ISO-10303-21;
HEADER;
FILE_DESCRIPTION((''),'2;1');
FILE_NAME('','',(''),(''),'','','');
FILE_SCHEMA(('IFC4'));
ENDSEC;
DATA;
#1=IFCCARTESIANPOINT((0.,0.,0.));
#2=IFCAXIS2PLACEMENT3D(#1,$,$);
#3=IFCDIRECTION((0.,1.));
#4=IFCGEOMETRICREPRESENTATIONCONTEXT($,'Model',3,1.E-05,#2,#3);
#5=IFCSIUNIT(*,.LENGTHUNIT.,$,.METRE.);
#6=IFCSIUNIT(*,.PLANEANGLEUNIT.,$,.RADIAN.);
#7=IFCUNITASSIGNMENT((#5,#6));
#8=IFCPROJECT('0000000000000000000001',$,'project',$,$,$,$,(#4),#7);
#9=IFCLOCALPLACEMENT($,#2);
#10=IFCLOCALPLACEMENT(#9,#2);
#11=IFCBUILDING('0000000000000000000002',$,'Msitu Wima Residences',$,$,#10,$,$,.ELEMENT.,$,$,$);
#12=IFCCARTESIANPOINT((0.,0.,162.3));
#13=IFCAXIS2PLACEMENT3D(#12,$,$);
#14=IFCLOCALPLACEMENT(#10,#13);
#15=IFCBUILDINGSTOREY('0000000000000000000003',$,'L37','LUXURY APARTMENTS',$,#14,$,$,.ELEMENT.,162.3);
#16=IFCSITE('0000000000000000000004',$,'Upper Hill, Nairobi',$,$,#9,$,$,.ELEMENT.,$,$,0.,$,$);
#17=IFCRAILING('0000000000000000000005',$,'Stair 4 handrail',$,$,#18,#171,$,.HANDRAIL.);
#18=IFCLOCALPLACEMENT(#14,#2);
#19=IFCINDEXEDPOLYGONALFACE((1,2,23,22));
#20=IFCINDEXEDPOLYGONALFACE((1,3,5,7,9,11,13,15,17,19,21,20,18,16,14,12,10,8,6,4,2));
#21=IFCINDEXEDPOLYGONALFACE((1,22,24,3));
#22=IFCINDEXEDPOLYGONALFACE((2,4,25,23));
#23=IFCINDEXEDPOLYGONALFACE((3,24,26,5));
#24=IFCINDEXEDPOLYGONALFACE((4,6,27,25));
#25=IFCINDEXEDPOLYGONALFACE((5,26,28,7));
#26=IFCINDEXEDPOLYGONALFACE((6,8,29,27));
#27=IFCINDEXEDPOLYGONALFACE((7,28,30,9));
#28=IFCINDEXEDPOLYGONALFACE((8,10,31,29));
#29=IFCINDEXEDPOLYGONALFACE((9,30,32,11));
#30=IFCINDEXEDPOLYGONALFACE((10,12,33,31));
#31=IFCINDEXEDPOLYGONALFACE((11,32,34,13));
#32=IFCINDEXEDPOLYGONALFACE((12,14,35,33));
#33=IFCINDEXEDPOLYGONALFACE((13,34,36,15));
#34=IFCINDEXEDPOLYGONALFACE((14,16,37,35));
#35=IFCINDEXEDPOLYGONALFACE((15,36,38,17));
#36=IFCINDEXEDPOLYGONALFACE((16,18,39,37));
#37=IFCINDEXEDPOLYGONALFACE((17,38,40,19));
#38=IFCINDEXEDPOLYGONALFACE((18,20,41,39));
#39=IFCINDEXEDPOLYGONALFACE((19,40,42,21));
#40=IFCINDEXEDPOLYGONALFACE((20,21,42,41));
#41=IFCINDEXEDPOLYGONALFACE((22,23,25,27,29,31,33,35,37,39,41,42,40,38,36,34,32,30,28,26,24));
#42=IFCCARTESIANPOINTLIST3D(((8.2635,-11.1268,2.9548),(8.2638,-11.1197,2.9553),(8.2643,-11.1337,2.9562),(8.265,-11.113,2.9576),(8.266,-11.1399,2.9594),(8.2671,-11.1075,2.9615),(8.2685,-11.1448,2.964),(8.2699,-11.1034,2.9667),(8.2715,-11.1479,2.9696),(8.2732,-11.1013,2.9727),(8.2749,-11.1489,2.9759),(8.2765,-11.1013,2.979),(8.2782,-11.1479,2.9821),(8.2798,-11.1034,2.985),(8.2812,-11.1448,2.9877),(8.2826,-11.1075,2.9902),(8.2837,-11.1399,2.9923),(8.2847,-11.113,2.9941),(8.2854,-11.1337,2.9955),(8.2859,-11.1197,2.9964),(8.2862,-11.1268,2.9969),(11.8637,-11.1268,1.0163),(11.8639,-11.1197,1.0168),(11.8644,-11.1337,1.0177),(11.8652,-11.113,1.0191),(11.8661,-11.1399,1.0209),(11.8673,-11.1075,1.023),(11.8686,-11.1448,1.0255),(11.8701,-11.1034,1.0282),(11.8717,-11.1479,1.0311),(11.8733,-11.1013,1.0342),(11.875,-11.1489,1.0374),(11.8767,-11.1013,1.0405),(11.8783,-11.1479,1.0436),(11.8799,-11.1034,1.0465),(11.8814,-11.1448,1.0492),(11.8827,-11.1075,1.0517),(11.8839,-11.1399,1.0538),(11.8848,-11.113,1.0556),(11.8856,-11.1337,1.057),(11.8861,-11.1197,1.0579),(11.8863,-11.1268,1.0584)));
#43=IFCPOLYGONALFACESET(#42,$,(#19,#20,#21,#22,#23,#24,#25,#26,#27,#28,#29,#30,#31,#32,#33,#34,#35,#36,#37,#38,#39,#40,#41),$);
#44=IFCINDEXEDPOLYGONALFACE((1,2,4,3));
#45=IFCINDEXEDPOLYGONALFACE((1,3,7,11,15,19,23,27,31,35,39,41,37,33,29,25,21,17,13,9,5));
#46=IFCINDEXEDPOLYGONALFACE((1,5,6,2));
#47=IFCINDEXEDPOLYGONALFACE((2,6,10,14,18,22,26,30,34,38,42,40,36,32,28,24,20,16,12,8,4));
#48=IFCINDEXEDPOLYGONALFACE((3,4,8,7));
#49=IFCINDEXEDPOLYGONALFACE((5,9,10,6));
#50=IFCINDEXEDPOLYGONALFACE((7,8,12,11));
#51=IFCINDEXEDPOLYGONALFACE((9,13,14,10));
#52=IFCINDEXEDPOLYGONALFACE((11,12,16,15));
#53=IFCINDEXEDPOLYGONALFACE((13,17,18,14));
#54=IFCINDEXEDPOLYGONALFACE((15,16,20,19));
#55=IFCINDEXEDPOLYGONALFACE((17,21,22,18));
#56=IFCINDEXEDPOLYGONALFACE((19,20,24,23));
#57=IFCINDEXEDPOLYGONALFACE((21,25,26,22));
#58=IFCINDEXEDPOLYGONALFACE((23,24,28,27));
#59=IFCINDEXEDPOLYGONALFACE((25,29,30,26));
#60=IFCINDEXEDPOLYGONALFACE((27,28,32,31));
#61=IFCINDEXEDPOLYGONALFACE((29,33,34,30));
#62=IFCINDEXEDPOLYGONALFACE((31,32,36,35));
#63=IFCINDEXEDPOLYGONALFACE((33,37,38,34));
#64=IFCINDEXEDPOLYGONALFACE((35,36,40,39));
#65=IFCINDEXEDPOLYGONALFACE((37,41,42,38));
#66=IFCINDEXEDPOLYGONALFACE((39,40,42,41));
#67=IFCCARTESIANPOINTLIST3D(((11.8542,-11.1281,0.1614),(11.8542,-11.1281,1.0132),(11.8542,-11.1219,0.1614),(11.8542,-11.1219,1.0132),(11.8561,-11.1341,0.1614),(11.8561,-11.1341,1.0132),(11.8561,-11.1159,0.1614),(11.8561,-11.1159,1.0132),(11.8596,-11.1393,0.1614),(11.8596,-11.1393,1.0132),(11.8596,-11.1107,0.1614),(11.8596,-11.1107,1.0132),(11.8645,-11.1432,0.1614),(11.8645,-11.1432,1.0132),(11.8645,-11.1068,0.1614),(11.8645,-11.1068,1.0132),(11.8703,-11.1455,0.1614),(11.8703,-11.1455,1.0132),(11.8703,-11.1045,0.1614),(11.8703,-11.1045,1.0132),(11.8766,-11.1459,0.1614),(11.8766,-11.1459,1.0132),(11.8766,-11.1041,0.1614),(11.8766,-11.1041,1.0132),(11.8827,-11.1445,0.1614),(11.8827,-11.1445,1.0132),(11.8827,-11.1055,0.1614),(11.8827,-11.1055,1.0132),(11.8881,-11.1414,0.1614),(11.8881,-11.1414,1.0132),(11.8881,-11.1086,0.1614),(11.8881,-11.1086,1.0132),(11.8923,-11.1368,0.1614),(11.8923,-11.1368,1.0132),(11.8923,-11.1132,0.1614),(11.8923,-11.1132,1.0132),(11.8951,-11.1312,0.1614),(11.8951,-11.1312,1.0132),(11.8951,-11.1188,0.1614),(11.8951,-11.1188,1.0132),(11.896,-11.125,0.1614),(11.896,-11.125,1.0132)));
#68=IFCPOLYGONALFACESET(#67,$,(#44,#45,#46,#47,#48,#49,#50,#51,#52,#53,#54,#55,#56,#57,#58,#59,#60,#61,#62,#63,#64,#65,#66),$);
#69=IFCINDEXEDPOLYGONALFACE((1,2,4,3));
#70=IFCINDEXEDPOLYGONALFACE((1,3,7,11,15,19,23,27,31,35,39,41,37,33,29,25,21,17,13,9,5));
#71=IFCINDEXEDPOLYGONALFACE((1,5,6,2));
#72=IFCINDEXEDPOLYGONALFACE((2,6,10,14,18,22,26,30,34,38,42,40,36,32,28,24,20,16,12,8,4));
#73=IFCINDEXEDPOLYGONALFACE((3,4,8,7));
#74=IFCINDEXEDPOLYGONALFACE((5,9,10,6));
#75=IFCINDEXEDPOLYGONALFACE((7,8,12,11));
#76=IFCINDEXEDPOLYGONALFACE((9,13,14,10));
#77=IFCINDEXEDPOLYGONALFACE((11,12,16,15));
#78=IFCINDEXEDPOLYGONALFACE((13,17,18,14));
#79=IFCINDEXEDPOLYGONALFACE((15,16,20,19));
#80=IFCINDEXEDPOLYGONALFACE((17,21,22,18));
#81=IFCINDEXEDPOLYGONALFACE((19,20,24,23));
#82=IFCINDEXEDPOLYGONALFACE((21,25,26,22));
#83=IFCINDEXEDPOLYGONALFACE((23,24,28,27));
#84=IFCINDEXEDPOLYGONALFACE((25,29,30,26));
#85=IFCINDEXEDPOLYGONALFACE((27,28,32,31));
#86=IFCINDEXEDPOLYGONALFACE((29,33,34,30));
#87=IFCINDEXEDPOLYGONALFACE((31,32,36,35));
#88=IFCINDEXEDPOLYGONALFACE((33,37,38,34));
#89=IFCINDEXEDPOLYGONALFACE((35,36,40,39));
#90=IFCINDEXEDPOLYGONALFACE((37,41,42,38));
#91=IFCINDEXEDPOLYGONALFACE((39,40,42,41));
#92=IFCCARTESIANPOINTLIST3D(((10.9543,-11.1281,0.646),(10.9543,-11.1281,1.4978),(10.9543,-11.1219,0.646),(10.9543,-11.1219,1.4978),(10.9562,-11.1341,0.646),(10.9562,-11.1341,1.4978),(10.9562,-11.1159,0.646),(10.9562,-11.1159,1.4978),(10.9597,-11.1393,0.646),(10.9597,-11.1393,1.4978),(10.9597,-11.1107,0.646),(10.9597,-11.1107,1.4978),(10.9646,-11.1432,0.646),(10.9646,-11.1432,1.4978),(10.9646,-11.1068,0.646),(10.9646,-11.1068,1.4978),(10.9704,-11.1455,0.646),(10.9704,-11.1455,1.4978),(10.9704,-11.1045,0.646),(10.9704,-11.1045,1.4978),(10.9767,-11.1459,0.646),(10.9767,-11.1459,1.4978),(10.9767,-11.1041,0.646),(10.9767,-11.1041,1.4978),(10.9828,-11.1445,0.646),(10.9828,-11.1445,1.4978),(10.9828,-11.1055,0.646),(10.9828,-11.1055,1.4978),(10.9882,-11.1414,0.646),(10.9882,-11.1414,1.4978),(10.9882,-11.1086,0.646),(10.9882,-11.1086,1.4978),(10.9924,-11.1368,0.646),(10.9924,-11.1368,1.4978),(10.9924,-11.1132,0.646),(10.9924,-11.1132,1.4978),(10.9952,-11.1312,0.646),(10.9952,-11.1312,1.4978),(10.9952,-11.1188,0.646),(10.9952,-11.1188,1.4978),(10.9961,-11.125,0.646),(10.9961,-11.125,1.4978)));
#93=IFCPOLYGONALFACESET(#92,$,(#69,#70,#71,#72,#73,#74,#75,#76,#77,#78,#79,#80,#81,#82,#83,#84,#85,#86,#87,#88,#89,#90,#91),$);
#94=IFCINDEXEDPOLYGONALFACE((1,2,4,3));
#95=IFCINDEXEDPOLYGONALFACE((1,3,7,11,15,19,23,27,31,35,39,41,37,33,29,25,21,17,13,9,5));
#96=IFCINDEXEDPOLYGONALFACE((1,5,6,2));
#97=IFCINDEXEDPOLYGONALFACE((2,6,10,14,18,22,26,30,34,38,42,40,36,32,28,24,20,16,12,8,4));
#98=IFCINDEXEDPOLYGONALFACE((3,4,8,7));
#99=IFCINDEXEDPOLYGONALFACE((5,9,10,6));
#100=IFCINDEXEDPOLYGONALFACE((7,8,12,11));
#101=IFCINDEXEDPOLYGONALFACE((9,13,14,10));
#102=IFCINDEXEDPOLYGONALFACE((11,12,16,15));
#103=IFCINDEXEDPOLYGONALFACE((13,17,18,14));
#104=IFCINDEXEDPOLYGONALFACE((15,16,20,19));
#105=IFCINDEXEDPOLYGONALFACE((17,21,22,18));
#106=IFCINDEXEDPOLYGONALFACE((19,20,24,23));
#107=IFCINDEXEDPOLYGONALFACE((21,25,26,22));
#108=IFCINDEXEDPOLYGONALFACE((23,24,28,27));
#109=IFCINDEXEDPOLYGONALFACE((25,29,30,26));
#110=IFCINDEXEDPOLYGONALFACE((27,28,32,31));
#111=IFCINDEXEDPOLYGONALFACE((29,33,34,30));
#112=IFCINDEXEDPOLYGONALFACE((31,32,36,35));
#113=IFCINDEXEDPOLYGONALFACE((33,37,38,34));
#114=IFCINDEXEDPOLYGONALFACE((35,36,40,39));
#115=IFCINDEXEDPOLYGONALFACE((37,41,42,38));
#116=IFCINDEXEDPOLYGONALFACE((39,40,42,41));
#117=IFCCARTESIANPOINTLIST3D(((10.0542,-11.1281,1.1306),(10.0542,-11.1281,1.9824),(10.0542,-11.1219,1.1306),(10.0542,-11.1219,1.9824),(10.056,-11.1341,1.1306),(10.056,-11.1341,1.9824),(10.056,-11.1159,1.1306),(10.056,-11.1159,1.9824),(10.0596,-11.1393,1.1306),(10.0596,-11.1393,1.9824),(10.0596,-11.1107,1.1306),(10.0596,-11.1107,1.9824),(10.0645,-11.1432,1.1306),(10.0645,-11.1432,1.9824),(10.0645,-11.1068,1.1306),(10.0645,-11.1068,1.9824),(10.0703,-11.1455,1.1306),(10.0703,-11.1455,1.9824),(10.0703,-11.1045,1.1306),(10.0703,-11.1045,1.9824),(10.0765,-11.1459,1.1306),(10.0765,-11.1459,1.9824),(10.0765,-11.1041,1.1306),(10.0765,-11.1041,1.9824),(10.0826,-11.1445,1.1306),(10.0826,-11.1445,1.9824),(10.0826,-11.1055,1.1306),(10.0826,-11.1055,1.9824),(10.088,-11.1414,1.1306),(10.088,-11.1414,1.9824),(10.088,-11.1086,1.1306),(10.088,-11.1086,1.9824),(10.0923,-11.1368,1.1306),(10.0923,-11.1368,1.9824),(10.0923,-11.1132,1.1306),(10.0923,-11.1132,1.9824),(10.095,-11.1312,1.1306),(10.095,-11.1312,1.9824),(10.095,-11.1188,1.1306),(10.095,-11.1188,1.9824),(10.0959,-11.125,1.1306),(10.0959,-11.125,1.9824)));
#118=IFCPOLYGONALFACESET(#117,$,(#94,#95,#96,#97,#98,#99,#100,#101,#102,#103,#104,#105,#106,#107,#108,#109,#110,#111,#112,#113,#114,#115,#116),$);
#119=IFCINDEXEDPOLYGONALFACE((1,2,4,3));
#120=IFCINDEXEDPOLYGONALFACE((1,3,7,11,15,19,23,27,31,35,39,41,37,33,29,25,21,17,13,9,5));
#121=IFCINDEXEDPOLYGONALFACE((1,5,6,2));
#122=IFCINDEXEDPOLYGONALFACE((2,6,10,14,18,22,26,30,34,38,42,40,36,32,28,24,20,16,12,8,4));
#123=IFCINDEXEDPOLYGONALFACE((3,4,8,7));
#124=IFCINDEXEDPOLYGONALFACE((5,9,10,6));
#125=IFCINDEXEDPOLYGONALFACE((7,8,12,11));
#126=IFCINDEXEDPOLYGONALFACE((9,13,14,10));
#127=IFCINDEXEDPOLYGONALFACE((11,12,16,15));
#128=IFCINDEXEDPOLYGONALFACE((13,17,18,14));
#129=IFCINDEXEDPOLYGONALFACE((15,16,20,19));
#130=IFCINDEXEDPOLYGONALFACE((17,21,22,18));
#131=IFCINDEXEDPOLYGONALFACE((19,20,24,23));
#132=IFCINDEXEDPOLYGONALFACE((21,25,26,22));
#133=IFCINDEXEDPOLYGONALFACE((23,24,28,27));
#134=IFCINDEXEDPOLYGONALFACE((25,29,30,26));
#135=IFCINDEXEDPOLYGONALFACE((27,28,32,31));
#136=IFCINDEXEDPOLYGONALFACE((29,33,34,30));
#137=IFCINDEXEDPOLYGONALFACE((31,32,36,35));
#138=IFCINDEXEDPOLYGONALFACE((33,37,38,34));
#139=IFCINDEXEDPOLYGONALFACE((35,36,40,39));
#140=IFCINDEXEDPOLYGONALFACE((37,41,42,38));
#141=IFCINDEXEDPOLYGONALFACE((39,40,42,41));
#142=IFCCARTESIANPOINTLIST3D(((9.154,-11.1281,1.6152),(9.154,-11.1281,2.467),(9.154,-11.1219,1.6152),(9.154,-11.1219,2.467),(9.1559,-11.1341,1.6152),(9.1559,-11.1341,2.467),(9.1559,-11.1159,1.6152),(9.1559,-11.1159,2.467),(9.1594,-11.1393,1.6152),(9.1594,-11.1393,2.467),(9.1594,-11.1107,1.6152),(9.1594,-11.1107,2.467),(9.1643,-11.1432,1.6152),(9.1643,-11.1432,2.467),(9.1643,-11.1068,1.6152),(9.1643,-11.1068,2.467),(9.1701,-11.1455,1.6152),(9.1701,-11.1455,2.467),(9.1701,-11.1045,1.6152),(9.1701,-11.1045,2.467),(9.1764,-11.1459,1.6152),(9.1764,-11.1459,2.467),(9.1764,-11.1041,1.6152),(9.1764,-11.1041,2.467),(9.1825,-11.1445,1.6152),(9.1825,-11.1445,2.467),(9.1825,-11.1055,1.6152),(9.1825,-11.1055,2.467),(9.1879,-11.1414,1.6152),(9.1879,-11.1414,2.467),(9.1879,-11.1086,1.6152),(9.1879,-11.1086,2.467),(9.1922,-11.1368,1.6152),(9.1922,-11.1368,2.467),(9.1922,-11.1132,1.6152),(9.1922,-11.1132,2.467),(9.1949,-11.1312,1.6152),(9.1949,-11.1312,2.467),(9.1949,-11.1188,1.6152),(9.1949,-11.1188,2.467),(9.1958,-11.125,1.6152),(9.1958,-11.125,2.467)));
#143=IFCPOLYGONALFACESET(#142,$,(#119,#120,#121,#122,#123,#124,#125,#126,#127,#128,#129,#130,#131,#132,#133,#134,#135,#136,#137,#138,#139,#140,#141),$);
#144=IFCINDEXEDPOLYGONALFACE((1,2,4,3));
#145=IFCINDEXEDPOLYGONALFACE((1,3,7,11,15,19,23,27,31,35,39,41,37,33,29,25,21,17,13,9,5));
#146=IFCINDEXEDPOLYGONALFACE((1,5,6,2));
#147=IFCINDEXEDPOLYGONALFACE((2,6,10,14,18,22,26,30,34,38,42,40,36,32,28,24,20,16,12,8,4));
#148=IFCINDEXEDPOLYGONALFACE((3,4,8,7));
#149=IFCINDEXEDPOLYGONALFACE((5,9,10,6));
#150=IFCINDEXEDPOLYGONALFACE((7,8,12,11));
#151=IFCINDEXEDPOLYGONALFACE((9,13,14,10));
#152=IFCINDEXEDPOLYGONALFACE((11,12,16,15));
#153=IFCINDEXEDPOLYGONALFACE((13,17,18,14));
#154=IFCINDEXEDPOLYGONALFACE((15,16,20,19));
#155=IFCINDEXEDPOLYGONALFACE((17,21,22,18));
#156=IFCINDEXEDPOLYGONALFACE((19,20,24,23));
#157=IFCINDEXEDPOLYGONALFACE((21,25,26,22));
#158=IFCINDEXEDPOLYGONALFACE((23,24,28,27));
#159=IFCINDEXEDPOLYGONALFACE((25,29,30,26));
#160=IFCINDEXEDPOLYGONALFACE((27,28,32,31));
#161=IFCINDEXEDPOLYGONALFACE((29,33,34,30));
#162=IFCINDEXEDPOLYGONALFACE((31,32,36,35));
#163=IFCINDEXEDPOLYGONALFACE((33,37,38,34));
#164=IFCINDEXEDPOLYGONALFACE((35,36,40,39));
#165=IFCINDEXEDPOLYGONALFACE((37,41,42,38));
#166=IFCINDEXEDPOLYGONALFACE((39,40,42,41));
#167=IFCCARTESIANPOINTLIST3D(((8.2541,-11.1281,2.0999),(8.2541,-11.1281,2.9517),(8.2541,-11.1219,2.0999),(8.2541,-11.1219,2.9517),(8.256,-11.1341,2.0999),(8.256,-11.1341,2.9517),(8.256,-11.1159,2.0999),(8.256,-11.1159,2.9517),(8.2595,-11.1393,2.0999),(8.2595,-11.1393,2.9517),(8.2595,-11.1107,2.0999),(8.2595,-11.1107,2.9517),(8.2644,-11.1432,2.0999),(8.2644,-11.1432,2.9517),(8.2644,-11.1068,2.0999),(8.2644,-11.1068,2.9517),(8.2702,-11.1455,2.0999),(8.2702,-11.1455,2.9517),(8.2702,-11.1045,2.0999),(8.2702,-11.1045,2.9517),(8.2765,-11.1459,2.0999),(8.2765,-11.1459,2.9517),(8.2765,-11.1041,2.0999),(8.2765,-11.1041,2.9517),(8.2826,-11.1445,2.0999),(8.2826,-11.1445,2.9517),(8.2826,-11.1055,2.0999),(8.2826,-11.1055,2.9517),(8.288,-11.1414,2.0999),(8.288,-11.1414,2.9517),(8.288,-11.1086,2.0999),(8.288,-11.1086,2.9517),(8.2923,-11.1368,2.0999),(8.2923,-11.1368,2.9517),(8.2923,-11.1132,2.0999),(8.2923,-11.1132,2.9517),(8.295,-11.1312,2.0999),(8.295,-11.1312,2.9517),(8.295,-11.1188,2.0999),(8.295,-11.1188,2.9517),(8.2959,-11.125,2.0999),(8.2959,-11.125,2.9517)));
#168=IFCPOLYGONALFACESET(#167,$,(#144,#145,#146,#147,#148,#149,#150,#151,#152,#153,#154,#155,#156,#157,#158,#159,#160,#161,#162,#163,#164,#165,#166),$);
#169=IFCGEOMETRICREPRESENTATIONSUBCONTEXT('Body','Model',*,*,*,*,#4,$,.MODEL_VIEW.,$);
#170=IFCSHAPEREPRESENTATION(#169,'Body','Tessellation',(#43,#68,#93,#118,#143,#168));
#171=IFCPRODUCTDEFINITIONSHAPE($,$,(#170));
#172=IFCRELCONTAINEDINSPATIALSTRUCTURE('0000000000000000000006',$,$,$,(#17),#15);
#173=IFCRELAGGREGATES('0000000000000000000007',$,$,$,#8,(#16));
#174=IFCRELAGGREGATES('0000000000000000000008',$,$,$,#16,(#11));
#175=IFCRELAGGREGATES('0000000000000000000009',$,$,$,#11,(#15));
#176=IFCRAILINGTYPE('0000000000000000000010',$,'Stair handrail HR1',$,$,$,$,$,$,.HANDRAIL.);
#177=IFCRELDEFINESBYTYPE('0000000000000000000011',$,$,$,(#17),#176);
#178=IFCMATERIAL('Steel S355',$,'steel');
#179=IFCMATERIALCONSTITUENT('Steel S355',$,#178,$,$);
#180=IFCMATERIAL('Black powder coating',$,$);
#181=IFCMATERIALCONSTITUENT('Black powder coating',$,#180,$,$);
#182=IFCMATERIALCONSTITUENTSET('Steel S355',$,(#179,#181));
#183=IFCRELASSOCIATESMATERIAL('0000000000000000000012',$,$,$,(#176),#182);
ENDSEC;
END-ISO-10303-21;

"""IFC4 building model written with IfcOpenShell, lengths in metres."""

from ifc_helpers import new_model, si_unit, direction, frame, origin, origin_2d, place, context, subcontext, project, spatial, circle, extrude, material, constituent, constituent_set, type_object, element, save


model = new_model("IFC4")

# Units and contexts
model_context = context("Model", 3, precision=1e-05, world=origin(), true_north=direction((0.0, 1.0)))
body_context = subcontext(model_context, "Body", "Model", "MODEL_VIEW")
ifc_project = project(units=[si_unit("LENGTHUNIT", "METRE"), si_unit("PLANEANGLEUNIT", "RADIAN")], contexts=[model_context])

# Site, building, storey
site_placement = place(None, origin())
site = spatial("IfcSite", under=ifc_project, at=site_placement, Name="Upper Hill, Nairobi", CompositionType="ELEMENT", RefElevation=0.0)
building_placement = place(site_placement, origin())
building = spatial("IfcBuilding", under=site, at=building_placement, Name="Msitu Wima Residences", CompositionType="ELEMENT")
storey_placement = place(building_placement, frame((0.0, 0.0, 162.3)))
storey = spatial("IfcBuildingStorey", under=building, at=storey_placement, Name="L37", Description="LUXURY APARTMENTS", CompositionType="ELEMENT", Elevation=162.3)

# Railing
ifc_material_1 = material(Name="Steel S355", Category="steel")
ifc_constituent_1 = constituent(ifc_material_1, Name="Steel S355")
ifc_material_2 = material(Name="Black powder coating")
ifc_constituent_2 = constituent(ifc_material_2, Name="Black powder coating")
ifc_constituent_set = constituent_set(constituents=[ifc_constituent_1, ifc_constituent_2], Name="Steel S355")
railing_type = type_object("IfcRailingType", Name="Stair handrail HR1", PredefinedType="HANDRAIL", material=ifc_constituent_set)
for number, where, name in (
    (1, (11.875, -11.125, 0.1614), "Stair 4 handrail"),
):
    element("IfcRailing", number, at=place(storey_placement, frame(where)), inside=storey, type_object=railing_type, Name=name, PredefinedType="HANDRAIL", context=body_context, shape_type="SweptSolid", body=[
        extrude(circle(Radius=0.0239, at=origin_2d()), frame((0.0, 0.0, 0.876), z_axis=(-0.880475, 0.0, 0.474093), x_axis=(0.0, -1.0, 0.0)), (0.0, 0.0, 1.0), 4.0889),
        extrude(circle(Radius=0.021, at=origin_2d()), origin(), (0.0, 0.0, 1.0), 0.8518),
        extrude(circle(Radius=0.021, at=origin_2d()), frame((-0.8999, 0.0, 0.4846)), (0.0, 0.0, 1.0), 0.8518),
        extrude(circle(Radius=0.021, at=origin_2d()), frame((-1.8, 0.0, 0.9692)), (0.0, 0.0, 1.0), 0.8518),
        extrude(circle(Radius=0.021, at=origin_2d()), frame((-2.7002, 0.0, 1.4539)), (0.0, 0.0, 1.0), 0.8518),
        extrude(circle(Radius=0.021, at=origin_2d()), frame((-3.6001, 0.0, 1.9385)), (0.0, 0.0, 1.0), 0.8518),
    ])

save(model, "model.ifc")
